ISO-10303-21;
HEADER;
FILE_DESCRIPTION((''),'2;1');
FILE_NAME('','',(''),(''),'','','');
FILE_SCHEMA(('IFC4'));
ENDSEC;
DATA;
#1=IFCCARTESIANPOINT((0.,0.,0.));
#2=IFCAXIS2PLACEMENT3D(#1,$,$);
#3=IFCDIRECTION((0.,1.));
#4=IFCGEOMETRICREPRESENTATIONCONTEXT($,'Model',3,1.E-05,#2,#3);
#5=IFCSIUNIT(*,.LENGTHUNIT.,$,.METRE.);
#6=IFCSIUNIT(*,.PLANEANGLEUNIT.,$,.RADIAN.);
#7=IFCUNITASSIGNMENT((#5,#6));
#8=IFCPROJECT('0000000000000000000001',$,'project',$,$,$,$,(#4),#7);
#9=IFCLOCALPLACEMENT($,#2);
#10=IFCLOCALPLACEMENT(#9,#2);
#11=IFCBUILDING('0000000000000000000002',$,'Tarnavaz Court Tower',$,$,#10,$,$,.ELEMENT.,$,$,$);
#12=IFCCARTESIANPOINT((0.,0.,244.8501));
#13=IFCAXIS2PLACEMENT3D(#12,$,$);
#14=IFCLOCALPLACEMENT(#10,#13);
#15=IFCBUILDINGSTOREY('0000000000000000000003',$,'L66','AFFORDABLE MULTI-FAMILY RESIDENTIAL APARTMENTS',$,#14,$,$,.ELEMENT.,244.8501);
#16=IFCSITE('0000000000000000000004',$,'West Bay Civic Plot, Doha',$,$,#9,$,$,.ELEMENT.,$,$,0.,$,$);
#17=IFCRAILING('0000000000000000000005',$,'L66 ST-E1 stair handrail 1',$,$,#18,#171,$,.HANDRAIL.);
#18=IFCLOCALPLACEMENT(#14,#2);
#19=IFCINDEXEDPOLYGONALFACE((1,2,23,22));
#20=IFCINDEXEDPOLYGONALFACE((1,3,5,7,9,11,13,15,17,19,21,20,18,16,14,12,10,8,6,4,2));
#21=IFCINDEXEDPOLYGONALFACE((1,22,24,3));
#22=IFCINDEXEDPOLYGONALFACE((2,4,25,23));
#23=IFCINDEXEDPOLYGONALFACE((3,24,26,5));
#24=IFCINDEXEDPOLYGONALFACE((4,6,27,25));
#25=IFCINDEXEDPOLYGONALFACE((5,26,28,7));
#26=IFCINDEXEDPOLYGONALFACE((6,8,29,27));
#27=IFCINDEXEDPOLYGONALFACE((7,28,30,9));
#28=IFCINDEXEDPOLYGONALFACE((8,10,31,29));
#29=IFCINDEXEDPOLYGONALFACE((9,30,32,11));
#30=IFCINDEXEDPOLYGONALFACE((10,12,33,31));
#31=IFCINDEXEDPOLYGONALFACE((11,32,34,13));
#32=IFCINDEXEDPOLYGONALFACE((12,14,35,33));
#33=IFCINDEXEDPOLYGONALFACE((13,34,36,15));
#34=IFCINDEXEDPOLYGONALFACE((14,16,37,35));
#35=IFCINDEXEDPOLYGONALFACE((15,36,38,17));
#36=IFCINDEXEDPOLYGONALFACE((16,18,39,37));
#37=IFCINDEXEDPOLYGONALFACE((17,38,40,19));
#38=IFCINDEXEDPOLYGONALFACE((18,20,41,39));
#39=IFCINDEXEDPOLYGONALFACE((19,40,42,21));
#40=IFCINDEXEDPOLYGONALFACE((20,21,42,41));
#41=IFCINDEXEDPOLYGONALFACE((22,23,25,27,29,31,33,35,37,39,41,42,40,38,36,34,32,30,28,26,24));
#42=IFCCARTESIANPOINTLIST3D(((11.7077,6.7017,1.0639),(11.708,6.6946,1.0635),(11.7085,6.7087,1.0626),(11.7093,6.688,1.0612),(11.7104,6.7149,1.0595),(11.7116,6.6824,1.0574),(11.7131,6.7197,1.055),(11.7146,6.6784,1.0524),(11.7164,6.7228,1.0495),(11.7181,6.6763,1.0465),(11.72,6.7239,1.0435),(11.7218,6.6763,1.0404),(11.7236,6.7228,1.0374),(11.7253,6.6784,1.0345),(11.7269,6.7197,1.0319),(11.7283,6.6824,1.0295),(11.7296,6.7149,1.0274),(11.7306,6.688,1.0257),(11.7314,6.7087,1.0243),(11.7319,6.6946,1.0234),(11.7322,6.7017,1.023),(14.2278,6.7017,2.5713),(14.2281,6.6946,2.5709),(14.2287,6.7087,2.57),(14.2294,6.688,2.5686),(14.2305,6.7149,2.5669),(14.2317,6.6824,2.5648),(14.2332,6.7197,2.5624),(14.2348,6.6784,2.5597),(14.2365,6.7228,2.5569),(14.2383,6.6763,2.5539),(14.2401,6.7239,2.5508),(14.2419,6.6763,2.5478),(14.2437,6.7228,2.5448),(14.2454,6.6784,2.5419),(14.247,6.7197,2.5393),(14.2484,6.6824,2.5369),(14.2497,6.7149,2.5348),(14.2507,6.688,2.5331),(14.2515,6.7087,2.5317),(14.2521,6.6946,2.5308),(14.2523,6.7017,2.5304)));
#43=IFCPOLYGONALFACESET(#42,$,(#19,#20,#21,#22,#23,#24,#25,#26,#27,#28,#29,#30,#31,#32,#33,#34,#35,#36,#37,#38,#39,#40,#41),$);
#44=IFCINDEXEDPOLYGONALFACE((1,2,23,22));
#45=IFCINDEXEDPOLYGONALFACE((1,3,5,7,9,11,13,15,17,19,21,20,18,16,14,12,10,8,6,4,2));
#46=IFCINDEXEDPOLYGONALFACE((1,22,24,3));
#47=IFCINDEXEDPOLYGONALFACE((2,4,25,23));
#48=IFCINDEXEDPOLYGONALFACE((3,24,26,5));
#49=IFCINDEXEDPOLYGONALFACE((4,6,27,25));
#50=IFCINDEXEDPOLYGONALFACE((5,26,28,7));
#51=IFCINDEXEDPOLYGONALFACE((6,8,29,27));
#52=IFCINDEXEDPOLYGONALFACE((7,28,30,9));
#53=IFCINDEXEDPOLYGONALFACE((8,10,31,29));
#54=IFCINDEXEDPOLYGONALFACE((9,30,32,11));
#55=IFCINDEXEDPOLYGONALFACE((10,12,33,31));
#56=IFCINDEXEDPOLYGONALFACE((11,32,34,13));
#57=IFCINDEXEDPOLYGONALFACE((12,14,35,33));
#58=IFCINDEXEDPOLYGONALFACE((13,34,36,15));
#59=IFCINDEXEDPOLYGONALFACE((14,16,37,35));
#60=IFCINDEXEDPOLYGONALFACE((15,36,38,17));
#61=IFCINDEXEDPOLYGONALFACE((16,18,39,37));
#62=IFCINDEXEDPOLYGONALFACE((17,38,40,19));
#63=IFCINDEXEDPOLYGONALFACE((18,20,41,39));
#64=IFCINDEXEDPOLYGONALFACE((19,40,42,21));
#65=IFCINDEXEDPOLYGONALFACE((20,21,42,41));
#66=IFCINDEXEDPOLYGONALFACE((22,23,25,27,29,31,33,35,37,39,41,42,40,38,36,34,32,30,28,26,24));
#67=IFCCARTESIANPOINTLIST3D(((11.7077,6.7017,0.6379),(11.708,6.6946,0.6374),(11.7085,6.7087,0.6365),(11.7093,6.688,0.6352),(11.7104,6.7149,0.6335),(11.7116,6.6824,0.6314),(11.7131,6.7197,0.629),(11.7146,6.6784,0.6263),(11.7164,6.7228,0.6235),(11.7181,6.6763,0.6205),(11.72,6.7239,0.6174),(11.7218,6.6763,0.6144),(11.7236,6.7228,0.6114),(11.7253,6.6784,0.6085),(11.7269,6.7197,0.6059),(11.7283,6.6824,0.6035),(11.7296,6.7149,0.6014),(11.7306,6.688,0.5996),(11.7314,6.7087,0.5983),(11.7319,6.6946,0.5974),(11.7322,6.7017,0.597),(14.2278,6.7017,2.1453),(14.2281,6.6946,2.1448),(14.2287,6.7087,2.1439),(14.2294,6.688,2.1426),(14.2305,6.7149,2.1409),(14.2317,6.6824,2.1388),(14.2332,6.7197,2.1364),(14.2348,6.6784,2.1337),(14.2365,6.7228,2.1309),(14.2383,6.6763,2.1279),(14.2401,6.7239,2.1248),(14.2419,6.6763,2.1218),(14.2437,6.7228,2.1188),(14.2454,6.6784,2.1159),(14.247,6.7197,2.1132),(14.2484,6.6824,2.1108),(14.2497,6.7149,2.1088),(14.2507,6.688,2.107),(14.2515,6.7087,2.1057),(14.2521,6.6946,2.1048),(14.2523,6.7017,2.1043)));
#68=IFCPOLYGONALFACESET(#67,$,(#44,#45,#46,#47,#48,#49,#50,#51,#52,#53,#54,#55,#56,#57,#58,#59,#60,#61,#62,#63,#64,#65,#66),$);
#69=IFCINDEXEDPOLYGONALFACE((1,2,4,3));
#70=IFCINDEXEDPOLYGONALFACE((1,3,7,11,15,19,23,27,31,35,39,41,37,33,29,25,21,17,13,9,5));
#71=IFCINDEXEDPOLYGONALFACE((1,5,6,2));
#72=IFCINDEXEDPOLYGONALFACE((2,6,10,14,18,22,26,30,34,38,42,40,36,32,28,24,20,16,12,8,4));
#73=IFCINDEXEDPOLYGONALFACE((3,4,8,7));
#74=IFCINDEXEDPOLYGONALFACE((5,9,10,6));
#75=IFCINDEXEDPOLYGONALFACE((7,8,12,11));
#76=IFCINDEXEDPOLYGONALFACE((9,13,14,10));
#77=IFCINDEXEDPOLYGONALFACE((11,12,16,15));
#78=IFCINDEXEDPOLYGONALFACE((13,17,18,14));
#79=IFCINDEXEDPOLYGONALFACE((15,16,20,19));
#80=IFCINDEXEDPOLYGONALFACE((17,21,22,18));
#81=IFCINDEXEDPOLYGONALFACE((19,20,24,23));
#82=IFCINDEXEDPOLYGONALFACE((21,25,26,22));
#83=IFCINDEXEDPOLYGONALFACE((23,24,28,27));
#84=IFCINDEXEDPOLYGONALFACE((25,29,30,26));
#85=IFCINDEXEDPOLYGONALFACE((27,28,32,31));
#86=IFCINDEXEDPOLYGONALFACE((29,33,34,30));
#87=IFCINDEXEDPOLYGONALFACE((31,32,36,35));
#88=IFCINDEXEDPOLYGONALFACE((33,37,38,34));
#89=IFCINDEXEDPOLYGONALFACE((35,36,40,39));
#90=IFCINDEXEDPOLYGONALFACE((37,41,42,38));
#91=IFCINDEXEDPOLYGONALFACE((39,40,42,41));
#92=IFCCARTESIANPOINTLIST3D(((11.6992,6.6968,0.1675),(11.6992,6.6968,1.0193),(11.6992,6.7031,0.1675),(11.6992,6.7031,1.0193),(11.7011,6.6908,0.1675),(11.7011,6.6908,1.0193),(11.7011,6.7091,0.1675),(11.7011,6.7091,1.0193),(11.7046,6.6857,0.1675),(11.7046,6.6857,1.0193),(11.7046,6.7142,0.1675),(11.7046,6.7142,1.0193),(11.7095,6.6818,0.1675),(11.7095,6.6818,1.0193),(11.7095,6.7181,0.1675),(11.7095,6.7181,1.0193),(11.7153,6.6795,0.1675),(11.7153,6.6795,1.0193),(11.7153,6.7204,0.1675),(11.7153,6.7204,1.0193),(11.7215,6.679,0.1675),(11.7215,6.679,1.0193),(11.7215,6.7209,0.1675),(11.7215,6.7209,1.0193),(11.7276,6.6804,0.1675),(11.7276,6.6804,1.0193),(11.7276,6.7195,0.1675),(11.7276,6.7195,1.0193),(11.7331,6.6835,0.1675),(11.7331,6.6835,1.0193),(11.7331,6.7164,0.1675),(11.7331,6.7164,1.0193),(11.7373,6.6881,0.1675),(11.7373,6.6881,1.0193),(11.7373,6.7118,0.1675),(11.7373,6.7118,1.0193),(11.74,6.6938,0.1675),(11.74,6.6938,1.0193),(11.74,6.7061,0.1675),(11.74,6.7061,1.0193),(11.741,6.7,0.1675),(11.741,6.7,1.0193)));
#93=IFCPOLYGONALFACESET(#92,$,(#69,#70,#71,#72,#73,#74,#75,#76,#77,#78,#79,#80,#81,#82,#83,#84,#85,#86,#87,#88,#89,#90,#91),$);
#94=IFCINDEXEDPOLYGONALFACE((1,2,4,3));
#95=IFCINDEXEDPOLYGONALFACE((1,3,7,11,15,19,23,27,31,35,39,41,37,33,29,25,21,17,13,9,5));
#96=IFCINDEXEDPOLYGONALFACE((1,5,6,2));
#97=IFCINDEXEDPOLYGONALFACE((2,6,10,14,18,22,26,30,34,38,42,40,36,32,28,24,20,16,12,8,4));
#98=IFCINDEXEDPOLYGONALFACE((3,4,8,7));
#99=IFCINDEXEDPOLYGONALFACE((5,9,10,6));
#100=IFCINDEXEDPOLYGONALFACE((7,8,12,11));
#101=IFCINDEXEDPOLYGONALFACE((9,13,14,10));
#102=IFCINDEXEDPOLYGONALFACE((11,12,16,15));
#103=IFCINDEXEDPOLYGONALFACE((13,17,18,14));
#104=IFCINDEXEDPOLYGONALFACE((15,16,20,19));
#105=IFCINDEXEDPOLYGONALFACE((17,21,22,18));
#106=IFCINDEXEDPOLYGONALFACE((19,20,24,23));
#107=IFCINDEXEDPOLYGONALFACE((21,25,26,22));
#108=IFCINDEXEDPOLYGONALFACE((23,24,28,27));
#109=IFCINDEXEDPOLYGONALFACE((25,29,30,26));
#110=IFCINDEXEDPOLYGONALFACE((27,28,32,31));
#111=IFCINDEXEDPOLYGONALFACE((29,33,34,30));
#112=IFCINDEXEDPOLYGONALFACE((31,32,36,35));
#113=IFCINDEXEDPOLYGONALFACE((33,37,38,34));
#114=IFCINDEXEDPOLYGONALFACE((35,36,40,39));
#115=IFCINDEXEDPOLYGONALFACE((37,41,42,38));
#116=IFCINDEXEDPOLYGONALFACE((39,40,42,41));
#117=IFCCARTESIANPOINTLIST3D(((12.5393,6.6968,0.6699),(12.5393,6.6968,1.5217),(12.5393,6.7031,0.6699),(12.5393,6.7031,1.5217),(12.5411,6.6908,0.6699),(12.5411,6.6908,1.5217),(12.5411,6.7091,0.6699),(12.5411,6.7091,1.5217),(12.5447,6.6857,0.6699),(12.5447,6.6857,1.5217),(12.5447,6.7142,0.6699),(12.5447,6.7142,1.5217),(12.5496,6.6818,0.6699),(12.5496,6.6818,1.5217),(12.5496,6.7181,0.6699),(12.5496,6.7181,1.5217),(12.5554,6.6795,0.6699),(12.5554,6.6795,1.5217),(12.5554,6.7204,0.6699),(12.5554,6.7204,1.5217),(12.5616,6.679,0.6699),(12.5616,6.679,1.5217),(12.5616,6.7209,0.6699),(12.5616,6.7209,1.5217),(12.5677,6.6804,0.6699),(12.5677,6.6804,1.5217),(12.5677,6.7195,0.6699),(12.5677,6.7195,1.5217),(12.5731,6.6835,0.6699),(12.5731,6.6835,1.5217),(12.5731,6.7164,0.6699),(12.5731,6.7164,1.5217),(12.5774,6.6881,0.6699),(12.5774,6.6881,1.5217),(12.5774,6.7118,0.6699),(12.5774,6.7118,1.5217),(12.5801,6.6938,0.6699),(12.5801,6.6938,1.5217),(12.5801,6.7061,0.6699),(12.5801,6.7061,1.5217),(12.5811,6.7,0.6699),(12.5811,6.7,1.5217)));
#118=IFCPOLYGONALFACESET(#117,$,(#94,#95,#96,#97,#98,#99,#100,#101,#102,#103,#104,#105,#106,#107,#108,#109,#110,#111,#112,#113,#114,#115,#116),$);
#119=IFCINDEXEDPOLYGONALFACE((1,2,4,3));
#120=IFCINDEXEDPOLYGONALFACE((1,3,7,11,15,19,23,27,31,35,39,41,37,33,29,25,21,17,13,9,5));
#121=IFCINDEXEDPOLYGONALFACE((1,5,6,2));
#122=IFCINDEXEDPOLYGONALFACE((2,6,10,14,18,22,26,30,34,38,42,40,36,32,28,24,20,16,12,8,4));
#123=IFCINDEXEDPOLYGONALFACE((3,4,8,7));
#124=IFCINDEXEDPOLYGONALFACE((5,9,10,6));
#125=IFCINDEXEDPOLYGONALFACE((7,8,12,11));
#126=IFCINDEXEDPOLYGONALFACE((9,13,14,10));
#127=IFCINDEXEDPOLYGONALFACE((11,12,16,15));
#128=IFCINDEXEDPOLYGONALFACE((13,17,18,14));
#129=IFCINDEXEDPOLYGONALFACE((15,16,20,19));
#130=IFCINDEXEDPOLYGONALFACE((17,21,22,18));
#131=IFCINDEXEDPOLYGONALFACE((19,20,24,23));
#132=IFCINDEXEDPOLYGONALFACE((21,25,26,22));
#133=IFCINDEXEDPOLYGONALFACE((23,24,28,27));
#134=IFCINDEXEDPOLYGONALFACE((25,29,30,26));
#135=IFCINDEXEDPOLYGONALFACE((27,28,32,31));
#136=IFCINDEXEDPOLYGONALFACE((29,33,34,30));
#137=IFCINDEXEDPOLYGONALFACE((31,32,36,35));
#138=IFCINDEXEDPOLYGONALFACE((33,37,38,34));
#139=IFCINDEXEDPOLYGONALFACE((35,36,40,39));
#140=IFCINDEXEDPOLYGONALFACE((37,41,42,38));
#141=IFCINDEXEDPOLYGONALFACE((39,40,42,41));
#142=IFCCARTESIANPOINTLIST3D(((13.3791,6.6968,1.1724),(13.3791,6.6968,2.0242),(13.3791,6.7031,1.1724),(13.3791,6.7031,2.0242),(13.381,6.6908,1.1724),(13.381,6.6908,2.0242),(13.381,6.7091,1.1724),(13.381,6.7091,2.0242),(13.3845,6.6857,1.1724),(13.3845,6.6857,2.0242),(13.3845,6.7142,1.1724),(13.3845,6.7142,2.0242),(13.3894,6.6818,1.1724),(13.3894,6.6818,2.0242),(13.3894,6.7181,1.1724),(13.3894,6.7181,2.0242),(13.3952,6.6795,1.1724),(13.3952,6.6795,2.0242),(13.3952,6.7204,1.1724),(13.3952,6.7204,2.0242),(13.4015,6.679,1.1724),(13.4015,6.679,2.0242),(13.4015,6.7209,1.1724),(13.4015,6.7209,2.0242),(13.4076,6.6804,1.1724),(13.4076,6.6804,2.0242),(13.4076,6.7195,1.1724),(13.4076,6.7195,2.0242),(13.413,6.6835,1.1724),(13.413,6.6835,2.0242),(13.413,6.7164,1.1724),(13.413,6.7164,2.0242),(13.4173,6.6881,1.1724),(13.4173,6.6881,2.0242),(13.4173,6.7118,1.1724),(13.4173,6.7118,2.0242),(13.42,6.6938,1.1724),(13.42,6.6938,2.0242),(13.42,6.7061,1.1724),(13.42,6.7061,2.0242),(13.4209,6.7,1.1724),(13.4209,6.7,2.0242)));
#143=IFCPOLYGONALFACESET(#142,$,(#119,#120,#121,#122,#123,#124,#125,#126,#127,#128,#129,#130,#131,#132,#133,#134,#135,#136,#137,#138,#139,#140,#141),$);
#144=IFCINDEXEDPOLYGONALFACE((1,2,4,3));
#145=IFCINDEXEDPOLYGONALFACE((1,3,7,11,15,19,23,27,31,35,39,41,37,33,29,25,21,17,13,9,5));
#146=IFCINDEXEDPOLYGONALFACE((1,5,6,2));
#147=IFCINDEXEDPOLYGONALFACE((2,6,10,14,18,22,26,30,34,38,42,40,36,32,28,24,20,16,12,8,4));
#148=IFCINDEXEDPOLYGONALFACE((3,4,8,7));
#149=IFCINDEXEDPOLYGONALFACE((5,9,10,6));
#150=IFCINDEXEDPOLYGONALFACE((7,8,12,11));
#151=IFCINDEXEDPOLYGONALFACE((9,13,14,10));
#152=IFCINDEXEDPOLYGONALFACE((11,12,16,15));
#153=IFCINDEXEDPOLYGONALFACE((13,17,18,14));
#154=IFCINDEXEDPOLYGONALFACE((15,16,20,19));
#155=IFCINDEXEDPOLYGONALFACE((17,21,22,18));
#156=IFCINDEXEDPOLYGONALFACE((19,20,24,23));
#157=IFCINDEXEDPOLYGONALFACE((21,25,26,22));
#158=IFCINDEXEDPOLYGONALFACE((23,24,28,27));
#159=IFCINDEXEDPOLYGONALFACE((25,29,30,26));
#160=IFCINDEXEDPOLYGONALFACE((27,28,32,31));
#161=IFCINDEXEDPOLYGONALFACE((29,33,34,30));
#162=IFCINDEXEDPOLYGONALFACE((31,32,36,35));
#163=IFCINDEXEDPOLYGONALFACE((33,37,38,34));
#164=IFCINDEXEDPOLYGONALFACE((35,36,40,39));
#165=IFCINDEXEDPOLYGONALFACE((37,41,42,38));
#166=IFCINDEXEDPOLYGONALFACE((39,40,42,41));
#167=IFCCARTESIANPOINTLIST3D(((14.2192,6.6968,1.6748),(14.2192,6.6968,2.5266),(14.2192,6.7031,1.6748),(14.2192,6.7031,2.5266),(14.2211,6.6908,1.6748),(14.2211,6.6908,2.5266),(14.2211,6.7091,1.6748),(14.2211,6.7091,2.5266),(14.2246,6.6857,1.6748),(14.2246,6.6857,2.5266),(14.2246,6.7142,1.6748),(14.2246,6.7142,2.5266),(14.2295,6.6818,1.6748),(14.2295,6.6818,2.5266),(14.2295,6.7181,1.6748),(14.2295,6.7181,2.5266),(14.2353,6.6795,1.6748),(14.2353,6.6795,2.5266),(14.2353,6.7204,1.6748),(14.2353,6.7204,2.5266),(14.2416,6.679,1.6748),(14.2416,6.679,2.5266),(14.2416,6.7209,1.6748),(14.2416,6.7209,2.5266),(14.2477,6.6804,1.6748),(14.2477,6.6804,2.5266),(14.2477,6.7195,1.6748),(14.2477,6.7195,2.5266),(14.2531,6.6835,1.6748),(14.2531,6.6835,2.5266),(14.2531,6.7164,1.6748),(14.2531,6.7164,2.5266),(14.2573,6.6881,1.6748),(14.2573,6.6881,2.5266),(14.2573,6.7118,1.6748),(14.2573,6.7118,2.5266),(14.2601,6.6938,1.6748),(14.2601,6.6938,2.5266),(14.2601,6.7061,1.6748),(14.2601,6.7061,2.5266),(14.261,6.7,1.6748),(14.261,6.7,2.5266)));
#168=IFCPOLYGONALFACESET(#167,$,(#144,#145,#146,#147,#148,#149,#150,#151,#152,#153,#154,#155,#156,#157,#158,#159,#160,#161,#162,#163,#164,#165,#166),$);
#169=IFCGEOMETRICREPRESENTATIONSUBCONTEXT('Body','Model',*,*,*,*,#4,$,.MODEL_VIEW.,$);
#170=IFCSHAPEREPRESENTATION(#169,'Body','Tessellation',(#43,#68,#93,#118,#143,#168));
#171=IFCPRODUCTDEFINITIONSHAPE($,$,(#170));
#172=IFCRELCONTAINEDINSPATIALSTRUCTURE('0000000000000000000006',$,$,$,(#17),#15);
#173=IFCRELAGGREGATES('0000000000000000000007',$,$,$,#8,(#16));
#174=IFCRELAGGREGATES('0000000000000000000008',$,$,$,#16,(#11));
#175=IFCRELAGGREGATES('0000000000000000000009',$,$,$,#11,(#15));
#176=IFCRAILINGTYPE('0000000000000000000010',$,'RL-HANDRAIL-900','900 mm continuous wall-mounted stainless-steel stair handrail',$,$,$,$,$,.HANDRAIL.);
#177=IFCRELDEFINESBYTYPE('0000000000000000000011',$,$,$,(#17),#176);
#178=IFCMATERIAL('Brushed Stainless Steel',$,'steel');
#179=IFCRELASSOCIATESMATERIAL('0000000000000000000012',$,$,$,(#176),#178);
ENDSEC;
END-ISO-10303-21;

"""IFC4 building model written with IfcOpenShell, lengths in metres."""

from ifc_helpers import new_model, si_unit, direction, frame, origin, origin_2d, place, context, subcontext, project, spatial, circle, extrude, material, type_object, element, save


model = new_model("IFC4")

# Units and contexts
model_context = context("Model", 3, precision=1e-05, world=origin(), true_north=direction((0.0, 1.0)))
body_context = subcontext(model_context, "Body", "Model", "MODEL_VIEW")
ifc_project = project(units=[si_unit("LENGTHUNIT", "METRE"), si_unit("PLANEANGLEUNIT", "RADIAN")], contexts=[model_context])

# Site, building, storey
site_placement = place(None, origin())
site = spatial("IfcSite", under=ifc_project, at=site_placement, Name="West Bay Civic Plot, Doha", CompositionType="ELEMENT", RefElevation=0.0)
building_placement = place(site_placement, origin())
building = spatial("IfcBuilding", under=site, at=building_placement, Name="Tarnavaz Court Tower", CompositionType="ELEMENT")
storey_placement = place(building_placement, frame((0.0, 0.0, 244.8501)))
storey = spatial("IfcBuildingStorey", under=building, at=storey_placement, Name="L66", Description="AFFORDABLE MULTI-FAMILY RESIDENTIAL APARTMENTS", CompositionType="ELEMENT", Elevation=244.8501)

# Railing
ifc_material_1 = material(Name="Brushed Stainless Steel", Category="steel")
railing_type_1 = type_object("IfcRailingType", Name="RL-HANDRAIL-900", Description="900 mm continuous wall-mounted stainless-steel stair handrail", PredefinedType="HANDRAIL", material=ifc_material_1)
railing_1_placement = place(storey_placement, frame((11.72, 6.7, 0.1675)))
element("IfcRailing", 1, at=railing_1_placement, inside=storey, type_object=railing_type_1, Name="L66 ST-E1 stair handrail 1", PredefinedType="HANDRAIL", context=body_context, shape_type="SweptSolid", body=[
    extrude(circle(Radius=0.0239, at=origin_2d()), frame((0.0, 0.0, 0.876), z_axis=(0.858196, 0.0, 0.513321), x_axis=(0.0, 1.0, 0.0)), (0.0, 0.0, 1.0), 2.9365),
    extrude(circle(Radius=0.0239, at=origin_2d()), frame((0.0, 0.0, 0.45), z_axis=(0.858196, 0.0, 0.513321), x_axis=(0.0, 1.0, 0.0)), (0.0, 0.0, 1.0), 2.9365),
    extrude(circle(Radius=0.021, at=origin_2d()), origin(), (0.0, 0.0, 1.0), 0.8518),
    extrude(circle(Radius=0.021, at=origin_2d()), frame((0.8401, 0.0, 0.5024)), (0.0, 0.0, 1.0), 0.8518),
    extrude(circle(Radius=0.021, at=origin_2d()), frame((1.6799, 0.0, 1.0049)), (0.0, 0.0, 1.0), 0.8518),
    extrude(circle(Radius=0.021, at=origin_2d()), frame((2.52, 0.0, 1.5073)), (0.0, 0.0, 1.0), 0.8518),
])

save(model, "model.ifc")
